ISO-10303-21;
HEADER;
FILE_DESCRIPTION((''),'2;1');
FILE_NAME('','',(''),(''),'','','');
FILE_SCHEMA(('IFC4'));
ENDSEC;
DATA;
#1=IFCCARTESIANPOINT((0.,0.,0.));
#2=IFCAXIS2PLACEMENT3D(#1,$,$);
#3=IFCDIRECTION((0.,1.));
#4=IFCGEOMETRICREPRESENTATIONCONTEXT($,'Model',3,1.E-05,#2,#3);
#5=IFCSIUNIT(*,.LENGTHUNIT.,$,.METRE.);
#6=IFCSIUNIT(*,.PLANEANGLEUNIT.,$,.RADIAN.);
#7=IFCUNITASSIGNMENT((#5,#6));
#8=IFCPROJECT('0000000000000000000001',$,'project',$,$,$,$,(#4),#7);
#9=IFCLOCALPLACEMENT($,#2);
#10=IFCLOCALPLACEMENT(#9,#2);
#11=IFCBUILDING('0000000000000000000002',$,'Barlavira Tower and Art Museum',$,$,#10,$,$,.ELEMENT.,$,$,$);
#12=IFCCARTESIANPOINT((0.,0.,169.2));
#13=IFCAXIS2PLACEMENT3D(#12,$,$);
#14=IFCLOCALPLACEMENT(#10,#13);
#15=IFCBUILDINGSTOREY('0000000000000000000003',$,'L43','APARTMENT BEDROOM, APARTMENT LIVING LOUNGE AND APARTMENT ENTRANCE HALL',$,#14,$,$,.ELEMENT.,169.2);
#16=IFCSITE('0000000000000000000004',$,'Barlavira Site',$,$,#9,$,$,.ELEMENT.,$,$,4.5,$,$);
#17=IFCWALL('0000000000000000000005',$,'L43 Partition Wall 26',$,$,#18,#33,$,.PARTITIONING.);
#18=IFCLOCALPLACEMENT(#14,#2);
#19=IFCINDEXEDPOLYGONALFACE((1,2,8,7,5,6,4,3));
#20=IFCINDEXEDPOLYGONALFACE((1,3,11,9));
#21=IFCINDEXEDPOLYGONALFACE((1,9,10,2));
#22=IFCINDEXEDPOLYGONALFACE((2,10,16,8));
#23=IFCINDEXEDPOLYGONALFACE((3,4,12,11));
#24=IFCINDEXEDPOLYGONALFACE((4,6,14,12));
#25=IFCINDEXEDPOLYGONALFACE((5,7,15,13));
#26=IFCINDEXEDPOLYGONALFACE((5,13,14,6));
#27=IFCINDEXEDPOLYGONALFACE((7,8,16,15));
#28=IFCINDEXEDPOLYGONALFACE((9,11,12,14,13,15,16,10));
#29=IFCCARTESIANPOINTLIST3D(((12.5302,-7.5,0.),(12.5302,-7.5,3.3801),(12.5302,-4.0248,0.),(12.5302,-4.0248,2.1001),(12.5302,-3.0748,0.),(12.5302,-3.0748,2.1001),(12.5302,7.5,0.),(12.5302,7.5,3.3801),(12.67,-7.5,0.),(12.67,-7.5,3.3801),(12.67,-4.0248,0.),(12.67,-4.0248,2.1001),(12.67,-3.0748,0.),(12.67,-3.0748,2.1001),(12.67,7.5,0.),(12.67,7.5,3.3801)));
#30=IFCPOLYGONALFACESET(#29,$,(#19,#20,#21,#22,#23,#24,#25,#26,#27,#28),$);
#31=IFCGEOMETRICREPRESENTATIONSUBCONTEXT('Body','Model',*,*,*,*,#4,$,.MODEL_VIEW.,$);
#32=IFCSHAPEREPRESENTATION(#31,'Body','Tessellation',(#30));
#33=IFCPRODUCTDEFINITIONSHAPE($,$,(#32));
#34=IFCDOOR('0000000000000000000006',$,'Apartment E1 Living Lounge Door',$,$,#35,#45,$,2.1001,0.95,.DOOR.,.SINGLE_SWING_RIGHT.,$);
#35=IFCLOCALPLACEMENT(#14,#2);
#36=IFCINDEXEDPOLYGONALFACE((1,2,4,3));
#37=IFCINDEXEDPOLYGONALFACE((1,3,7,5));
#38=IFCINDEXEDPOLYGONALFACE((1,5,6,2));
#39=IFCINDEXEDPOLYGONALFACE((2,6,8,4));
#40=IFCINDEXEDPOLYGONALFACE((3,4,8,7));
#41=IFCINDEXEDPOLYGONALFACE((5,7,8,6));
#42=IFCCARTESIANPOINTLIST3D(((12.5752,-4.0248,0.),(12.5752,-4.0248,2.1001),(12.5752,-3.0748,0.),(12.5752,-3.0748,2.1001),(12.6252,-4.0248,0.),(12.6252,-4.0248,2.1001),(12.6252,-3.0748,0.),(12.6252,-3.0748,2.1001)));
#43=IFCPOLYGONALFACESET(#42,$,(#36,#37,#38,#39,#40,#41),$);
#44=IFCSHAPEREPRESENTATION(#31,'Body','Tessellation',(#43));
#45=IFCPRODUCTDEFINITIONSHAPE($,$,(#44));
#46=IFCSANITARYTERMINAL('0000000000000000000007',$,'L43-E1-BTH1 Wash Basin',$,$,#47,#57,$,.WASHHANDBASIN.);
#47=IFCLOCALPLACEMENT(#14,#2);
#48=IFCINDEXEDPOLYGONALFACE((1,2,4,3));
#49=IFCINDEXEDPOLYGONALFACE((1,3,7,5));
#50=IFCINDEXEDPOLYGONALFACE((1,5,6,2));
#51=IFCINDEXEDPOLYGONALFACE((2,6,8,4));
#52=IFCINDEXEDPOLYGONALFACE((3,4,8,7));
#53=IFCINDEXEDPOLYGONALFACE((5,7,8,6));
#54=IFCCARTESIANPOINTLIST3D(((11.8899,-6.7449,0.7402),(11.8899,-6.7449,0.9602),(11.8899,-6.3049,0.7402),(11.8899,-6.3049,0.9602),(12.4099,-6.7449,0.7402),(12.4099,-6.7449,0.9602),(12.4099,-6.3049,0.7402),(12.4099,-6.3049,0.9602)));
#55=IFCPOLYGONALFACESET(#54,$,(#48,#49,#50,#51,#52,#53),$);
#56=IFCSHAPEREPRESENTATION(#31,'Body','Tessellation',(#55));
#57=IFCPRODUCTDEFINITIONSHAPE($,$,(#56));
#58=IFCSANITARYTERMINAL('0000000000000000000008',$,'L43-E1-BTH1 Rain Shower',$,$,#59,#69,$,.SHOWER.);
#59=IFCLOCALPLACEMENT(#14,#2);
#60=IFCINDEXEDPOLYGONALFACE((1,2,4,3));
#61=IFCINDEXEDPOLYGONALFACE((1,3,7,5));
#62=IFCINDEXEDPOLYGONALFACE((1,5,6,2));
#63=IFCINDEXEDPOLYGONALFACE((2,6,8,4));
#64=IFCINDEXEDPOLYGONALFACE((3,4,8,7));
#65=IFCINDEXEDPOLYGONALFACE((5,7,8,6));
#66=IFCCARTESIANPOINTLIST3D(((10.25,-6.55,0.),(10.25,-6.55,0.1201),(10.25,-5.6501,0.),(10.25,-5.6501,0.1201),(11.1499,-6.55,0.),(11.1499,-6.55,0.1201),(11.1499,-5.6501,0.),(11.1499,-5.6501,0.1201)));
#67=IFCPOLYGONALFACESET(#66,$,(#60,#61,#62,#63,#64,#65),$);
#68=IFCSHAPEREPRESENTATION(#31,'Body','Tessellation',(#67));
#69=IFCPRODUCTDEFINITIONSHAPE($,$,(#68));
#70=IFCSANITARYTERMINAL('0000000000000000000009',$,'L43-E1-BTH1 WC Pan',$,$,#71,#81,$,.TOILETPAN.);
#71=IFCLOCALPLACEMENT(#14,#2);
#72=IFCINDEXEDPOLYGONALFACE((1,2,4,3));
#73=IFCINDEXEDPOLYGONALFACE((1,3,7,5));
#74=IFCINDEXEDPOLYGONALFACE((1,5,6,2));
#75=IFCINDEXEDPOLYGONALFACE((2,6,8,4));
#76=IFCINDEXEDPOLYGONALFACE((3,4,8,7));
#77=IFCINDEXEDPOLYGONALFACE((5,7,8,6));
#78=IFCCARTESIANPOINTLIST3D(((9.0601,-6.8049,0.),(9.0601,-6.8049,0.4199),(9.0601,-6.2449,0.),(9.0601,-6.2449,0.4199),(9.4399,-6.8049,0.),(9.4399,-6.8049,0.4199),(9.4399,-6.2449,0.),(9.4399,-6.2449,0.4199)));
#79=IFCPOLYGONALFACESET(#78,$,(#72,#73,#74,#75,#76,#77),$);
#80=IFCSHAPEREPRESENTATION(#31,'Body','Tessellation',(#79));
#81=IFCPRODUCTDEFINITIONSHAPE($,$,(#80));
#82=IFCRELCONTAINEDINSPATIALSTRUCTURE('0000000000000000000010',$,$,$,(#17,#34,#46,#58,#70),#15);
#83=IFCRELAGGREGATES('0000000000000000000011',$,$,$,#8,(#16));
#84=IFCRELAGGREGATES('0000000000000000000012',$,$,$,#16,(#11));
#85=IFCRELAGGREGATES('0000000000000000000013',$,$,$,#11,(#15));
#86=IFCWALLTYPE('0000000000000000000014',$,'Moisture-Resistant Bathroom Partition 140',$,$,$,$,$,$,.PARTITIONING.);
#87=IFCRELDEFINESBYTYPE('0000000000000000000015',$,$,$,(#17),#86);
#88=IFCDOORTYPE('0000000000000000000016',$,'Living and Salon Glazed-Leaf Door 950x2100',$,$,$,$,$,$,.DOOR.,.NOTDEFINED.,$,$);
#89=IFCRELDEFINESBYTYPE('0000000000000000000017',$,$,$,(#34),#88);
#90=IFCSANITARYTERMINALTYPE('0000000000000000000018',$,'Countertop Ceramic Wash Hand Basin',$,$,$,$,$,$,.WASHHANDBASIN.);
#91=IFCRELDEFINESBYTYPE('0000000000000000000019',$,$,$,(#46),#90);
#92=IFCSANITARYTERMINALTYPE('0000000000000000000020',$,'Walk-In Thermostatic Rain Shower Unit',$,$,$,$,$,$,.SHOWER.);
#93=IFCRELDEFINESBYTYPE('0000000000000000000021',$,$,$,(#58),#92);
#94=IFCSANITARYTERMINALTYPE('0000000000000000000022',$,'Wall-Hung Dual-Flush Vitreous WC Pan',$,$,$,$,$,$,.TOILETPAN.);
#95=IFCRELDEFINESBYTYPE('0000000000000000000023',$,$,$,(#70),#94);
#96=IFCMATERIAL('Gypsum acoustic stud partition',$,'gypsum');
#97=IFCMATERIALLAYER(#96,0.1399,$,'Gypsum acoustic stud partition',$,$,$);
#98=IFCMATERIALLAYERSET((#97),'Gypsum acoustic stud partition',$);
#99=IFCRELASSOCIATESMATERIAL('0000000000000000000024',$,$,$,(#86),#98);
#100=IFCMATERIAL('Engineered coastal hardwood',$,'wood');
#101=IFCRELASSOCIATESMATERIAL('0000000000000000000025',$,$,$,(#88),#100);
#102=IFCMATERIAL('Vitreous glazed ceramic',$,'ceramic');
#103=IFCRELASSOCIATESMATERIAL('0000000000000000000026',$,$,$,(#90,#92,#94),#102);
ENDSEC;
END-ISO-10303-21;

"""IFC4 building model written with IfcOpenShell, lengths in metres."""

from ifc_helpers import new_model, si_unit, direction, frame, frame_2d, origin, origin_2d, place, context, subcontext, project, spatial, rectangle, extrude, material, layer, layer_set, type_object, element, fill, save


model = new_model("IFC4")

# Units and contexts
model_context = context("Model", 3, precision=1e-05, world=origin(), true_north=direction((0.0, 1.0)))
body_context = subcontext(model_context, "Body", "Model", "MODEL_VIEW")
ifc_project = project(units=[si_unit("LENGTHUNIT", "METRE"), si_unit("PLANEANGLEUNIT", "RADIAN")], contexts=[model_context])

# Site, building, storey
site_placement = place(None, origin())
site = spatial("IfcSite", under=ifc_project, at=site_placement, Name="Barlavira Site", CompositionType="ELEMENT", RefElevation=4.5)
building_placement = place(site_placement, origin())
building = spatial("IfcBuilding", under=site, at=building_placement, Name="Barlavira Tower and Art Museum", CompositionType="ELEMENT")
storey_placement = place(building_placement, frame((0.0, 0.0, 169.2)))
storey = spatial("IfcBuildingStorey", under=building, at=storey_placement, Name="L43", Description="APARTMENT BEDROOM, APARTMENT LIVING LOUNGE AND APARTMENT ENTRANCE HALL", CompositionType="ELEMENT", Elevation=169.2)

# Shared definitions
ifc_material_1 = material(Name="Gypsum acoustic stud partition", Category="gypsum")

# Wall, opening, door
ifc_layer_1 = layer(ifc_material_1, 0.1399, Name="Gypsum acoustic stud partition")
ifc_layer_set_1 = layer_set([ifc_layer_1], Name="Gypsum acoustic stud partition")
wall_type_1 = type_object("IfcWallType", Name="Moisture-Resistant Bathroom Partition 140", PredefinedType="PARTITIONING", material=ifc_layer_set_1)
wall_1_placement = place(storey_placement, frame((12.6001, -7.5, 0.0), z_axis=(0.0, 0.0, 1.0), x_axis=(0.0, 1.0, 0.0)))
wall_1 = element("IfcWall", 1, at=wall_1_placement, inside=storey, type_object=wall_type_1, Name="L43 Partition Wall 26", PredefinedType="PARTITIONING", context=body_context, shape_type="SweptSolid", body=[
    extrude(rectangle(XDim=15.0, YDim=0.1399, at=frame_2d((7.5, 0.0))), origin(), (0.0, 0.0, 1.0), 3.3801),
])
opening_placement = place(wall_1_placement, frame((3.4751, 0.0, 0.0)))
opening = element("IfcOpeningElement", 2, at=opening_placement, cuts=wall_1, PredefinedType="OPENING", context=body_context, shape_type="SweptSolid", body=[
    extrude(rectangle(XDim=0.95, YDim=2.1001, at=frame_2d((0.4751, 1.05))), frame((0.0, 0.0801, 0.0), z_axis=(0.0, -1.0, 0.0), x_axis=(1.0, 0.0, 0.0)), (0.0, 0.0, 1.0), 0.1599),
])
ifc_material_2 = material(Name="Engineered coastal hardwood", Category="wood")
door_type = type_object("IfcDoorType", Name="Living and Salon Glazed-Leaf Door 950x2100", OperationType="NOTDEFINED", PredefinedType="DOOR", material=ifc_material_2)
door_placement = place(opening_placement, origin())
door = element("IfcDoor", 3, at=door_placement, inside=storey, type_object=door_type, Name="Apartment E1 Living Lounge Door", OperationType="SINGLE_SWING_RIGHT", OverallHeight=2.1001, OverallWidth=0.95, PredefinedType="DOOR", context=body_context, shape_type="SweptSolid", body=[
    extrude(rectangle(XDim=0.95, YDim=2.1001, at=frame_2d((0.4751, 1.05))), frame((0.0, 0.0249, 0.0), z_axis=(0.0, -1.0, 0.0), x_axis=(1.0, 0.0, 0.0)), (0.0, 0.0, 1.0), 0.05),
])
fill(opening, door)

# Sanitary terminals
ifc_material_3 = material(Name="Vitreous glazed ceramic", Category="ceramic")
sanitary_terminal_type_1 = type_object("IfcSanitaryTerminalType", Name="Countertop Ceramic Wash Hand Basin", PredefinedType="WASHHANDBASIN", material=ifc_material_3)
sanitary_terminal_1_placement = place(storey_placement, frame((12.1499, -6.5249, 0.7402), z_axis=(0.0, 0.0, 1.0), x_axis=(1.0, 0.0, 0.0)))
element("IfcSanitaryTerminal", 4, at=sanitary_terminal_1_placement, inside=storey, type_object=sanitary_terminal_type_1, Name="L43-E1-BTH1 Wash Basin", PredefinedType="WASHHANDBASIN", context=body_context, shape_type="SweptSolid", body=[
    extrude(rectangle(XDim=0.52, YDim=0.4399, at=origin_2d()), origin(), (0.0, 0.0, 1.0), 0.22),
])
sanitary_terminal_type_2 = type_object("IfcSanitaryTerminalType", Name="Walk-In Thermostatic Rain Shower Unit", PredefinedType="SHOWER", material=ifc_material_3)
sanitary_terminal_2_placement = place(storey_placement, frame((10.7, -6.1001, 0.0), z_axis=(0.0, 0.0, 1.0), x_axis=(1.0, 0.0, 0.0)))
element("IfcSanitaryTerminal", 5, at=sanitary_terminal_2_placement, inside=storey, type_object=sanitary_terminal_type_2, Name="L43-E1-BTH1 Rain Shower", PredefinedType="SHOWER", context=body_context, shape_type="SweptSolid", body=[
    extrude(rectangle(XDim=0.8999, YDim=0.8999, at=origin_2d()), origin(), (0.0, 0.0, 1.0), 0.1201),
])
sanitary_terminal_type_3 = type_object("IfcSanitaryTerminalType", Name="Wall-Hung Dual-Flush Vitreous WC Pan", PredefinedType="TOILETPAN", material=ifc_material_3)
sanitary_terminal_3_placement = place(storey_placement, frame((9.25, -6.5249, 0.0), z_axis=(0.0, 0.0, 1.0), x_axis=(1.0, 0.0, 0.0)))
element("IfcSanitaryTerminal", 6, at=sanitary_terminal_3_placement, inside=storey, type_object=sanitary_terminal_type_3, Name="L43-E1-BTH1 WC Pan", PredefinedType="TOILETPAN", context=body_context, shape_type="SweptSolid", body=[
    extrude(rectangle(XDim=0.3799, YDim=0.5601, at=origin_2d()), origin(), (0.0, 0.0, 1.0), 0.4199),
])

save(model, "model.ifc")
